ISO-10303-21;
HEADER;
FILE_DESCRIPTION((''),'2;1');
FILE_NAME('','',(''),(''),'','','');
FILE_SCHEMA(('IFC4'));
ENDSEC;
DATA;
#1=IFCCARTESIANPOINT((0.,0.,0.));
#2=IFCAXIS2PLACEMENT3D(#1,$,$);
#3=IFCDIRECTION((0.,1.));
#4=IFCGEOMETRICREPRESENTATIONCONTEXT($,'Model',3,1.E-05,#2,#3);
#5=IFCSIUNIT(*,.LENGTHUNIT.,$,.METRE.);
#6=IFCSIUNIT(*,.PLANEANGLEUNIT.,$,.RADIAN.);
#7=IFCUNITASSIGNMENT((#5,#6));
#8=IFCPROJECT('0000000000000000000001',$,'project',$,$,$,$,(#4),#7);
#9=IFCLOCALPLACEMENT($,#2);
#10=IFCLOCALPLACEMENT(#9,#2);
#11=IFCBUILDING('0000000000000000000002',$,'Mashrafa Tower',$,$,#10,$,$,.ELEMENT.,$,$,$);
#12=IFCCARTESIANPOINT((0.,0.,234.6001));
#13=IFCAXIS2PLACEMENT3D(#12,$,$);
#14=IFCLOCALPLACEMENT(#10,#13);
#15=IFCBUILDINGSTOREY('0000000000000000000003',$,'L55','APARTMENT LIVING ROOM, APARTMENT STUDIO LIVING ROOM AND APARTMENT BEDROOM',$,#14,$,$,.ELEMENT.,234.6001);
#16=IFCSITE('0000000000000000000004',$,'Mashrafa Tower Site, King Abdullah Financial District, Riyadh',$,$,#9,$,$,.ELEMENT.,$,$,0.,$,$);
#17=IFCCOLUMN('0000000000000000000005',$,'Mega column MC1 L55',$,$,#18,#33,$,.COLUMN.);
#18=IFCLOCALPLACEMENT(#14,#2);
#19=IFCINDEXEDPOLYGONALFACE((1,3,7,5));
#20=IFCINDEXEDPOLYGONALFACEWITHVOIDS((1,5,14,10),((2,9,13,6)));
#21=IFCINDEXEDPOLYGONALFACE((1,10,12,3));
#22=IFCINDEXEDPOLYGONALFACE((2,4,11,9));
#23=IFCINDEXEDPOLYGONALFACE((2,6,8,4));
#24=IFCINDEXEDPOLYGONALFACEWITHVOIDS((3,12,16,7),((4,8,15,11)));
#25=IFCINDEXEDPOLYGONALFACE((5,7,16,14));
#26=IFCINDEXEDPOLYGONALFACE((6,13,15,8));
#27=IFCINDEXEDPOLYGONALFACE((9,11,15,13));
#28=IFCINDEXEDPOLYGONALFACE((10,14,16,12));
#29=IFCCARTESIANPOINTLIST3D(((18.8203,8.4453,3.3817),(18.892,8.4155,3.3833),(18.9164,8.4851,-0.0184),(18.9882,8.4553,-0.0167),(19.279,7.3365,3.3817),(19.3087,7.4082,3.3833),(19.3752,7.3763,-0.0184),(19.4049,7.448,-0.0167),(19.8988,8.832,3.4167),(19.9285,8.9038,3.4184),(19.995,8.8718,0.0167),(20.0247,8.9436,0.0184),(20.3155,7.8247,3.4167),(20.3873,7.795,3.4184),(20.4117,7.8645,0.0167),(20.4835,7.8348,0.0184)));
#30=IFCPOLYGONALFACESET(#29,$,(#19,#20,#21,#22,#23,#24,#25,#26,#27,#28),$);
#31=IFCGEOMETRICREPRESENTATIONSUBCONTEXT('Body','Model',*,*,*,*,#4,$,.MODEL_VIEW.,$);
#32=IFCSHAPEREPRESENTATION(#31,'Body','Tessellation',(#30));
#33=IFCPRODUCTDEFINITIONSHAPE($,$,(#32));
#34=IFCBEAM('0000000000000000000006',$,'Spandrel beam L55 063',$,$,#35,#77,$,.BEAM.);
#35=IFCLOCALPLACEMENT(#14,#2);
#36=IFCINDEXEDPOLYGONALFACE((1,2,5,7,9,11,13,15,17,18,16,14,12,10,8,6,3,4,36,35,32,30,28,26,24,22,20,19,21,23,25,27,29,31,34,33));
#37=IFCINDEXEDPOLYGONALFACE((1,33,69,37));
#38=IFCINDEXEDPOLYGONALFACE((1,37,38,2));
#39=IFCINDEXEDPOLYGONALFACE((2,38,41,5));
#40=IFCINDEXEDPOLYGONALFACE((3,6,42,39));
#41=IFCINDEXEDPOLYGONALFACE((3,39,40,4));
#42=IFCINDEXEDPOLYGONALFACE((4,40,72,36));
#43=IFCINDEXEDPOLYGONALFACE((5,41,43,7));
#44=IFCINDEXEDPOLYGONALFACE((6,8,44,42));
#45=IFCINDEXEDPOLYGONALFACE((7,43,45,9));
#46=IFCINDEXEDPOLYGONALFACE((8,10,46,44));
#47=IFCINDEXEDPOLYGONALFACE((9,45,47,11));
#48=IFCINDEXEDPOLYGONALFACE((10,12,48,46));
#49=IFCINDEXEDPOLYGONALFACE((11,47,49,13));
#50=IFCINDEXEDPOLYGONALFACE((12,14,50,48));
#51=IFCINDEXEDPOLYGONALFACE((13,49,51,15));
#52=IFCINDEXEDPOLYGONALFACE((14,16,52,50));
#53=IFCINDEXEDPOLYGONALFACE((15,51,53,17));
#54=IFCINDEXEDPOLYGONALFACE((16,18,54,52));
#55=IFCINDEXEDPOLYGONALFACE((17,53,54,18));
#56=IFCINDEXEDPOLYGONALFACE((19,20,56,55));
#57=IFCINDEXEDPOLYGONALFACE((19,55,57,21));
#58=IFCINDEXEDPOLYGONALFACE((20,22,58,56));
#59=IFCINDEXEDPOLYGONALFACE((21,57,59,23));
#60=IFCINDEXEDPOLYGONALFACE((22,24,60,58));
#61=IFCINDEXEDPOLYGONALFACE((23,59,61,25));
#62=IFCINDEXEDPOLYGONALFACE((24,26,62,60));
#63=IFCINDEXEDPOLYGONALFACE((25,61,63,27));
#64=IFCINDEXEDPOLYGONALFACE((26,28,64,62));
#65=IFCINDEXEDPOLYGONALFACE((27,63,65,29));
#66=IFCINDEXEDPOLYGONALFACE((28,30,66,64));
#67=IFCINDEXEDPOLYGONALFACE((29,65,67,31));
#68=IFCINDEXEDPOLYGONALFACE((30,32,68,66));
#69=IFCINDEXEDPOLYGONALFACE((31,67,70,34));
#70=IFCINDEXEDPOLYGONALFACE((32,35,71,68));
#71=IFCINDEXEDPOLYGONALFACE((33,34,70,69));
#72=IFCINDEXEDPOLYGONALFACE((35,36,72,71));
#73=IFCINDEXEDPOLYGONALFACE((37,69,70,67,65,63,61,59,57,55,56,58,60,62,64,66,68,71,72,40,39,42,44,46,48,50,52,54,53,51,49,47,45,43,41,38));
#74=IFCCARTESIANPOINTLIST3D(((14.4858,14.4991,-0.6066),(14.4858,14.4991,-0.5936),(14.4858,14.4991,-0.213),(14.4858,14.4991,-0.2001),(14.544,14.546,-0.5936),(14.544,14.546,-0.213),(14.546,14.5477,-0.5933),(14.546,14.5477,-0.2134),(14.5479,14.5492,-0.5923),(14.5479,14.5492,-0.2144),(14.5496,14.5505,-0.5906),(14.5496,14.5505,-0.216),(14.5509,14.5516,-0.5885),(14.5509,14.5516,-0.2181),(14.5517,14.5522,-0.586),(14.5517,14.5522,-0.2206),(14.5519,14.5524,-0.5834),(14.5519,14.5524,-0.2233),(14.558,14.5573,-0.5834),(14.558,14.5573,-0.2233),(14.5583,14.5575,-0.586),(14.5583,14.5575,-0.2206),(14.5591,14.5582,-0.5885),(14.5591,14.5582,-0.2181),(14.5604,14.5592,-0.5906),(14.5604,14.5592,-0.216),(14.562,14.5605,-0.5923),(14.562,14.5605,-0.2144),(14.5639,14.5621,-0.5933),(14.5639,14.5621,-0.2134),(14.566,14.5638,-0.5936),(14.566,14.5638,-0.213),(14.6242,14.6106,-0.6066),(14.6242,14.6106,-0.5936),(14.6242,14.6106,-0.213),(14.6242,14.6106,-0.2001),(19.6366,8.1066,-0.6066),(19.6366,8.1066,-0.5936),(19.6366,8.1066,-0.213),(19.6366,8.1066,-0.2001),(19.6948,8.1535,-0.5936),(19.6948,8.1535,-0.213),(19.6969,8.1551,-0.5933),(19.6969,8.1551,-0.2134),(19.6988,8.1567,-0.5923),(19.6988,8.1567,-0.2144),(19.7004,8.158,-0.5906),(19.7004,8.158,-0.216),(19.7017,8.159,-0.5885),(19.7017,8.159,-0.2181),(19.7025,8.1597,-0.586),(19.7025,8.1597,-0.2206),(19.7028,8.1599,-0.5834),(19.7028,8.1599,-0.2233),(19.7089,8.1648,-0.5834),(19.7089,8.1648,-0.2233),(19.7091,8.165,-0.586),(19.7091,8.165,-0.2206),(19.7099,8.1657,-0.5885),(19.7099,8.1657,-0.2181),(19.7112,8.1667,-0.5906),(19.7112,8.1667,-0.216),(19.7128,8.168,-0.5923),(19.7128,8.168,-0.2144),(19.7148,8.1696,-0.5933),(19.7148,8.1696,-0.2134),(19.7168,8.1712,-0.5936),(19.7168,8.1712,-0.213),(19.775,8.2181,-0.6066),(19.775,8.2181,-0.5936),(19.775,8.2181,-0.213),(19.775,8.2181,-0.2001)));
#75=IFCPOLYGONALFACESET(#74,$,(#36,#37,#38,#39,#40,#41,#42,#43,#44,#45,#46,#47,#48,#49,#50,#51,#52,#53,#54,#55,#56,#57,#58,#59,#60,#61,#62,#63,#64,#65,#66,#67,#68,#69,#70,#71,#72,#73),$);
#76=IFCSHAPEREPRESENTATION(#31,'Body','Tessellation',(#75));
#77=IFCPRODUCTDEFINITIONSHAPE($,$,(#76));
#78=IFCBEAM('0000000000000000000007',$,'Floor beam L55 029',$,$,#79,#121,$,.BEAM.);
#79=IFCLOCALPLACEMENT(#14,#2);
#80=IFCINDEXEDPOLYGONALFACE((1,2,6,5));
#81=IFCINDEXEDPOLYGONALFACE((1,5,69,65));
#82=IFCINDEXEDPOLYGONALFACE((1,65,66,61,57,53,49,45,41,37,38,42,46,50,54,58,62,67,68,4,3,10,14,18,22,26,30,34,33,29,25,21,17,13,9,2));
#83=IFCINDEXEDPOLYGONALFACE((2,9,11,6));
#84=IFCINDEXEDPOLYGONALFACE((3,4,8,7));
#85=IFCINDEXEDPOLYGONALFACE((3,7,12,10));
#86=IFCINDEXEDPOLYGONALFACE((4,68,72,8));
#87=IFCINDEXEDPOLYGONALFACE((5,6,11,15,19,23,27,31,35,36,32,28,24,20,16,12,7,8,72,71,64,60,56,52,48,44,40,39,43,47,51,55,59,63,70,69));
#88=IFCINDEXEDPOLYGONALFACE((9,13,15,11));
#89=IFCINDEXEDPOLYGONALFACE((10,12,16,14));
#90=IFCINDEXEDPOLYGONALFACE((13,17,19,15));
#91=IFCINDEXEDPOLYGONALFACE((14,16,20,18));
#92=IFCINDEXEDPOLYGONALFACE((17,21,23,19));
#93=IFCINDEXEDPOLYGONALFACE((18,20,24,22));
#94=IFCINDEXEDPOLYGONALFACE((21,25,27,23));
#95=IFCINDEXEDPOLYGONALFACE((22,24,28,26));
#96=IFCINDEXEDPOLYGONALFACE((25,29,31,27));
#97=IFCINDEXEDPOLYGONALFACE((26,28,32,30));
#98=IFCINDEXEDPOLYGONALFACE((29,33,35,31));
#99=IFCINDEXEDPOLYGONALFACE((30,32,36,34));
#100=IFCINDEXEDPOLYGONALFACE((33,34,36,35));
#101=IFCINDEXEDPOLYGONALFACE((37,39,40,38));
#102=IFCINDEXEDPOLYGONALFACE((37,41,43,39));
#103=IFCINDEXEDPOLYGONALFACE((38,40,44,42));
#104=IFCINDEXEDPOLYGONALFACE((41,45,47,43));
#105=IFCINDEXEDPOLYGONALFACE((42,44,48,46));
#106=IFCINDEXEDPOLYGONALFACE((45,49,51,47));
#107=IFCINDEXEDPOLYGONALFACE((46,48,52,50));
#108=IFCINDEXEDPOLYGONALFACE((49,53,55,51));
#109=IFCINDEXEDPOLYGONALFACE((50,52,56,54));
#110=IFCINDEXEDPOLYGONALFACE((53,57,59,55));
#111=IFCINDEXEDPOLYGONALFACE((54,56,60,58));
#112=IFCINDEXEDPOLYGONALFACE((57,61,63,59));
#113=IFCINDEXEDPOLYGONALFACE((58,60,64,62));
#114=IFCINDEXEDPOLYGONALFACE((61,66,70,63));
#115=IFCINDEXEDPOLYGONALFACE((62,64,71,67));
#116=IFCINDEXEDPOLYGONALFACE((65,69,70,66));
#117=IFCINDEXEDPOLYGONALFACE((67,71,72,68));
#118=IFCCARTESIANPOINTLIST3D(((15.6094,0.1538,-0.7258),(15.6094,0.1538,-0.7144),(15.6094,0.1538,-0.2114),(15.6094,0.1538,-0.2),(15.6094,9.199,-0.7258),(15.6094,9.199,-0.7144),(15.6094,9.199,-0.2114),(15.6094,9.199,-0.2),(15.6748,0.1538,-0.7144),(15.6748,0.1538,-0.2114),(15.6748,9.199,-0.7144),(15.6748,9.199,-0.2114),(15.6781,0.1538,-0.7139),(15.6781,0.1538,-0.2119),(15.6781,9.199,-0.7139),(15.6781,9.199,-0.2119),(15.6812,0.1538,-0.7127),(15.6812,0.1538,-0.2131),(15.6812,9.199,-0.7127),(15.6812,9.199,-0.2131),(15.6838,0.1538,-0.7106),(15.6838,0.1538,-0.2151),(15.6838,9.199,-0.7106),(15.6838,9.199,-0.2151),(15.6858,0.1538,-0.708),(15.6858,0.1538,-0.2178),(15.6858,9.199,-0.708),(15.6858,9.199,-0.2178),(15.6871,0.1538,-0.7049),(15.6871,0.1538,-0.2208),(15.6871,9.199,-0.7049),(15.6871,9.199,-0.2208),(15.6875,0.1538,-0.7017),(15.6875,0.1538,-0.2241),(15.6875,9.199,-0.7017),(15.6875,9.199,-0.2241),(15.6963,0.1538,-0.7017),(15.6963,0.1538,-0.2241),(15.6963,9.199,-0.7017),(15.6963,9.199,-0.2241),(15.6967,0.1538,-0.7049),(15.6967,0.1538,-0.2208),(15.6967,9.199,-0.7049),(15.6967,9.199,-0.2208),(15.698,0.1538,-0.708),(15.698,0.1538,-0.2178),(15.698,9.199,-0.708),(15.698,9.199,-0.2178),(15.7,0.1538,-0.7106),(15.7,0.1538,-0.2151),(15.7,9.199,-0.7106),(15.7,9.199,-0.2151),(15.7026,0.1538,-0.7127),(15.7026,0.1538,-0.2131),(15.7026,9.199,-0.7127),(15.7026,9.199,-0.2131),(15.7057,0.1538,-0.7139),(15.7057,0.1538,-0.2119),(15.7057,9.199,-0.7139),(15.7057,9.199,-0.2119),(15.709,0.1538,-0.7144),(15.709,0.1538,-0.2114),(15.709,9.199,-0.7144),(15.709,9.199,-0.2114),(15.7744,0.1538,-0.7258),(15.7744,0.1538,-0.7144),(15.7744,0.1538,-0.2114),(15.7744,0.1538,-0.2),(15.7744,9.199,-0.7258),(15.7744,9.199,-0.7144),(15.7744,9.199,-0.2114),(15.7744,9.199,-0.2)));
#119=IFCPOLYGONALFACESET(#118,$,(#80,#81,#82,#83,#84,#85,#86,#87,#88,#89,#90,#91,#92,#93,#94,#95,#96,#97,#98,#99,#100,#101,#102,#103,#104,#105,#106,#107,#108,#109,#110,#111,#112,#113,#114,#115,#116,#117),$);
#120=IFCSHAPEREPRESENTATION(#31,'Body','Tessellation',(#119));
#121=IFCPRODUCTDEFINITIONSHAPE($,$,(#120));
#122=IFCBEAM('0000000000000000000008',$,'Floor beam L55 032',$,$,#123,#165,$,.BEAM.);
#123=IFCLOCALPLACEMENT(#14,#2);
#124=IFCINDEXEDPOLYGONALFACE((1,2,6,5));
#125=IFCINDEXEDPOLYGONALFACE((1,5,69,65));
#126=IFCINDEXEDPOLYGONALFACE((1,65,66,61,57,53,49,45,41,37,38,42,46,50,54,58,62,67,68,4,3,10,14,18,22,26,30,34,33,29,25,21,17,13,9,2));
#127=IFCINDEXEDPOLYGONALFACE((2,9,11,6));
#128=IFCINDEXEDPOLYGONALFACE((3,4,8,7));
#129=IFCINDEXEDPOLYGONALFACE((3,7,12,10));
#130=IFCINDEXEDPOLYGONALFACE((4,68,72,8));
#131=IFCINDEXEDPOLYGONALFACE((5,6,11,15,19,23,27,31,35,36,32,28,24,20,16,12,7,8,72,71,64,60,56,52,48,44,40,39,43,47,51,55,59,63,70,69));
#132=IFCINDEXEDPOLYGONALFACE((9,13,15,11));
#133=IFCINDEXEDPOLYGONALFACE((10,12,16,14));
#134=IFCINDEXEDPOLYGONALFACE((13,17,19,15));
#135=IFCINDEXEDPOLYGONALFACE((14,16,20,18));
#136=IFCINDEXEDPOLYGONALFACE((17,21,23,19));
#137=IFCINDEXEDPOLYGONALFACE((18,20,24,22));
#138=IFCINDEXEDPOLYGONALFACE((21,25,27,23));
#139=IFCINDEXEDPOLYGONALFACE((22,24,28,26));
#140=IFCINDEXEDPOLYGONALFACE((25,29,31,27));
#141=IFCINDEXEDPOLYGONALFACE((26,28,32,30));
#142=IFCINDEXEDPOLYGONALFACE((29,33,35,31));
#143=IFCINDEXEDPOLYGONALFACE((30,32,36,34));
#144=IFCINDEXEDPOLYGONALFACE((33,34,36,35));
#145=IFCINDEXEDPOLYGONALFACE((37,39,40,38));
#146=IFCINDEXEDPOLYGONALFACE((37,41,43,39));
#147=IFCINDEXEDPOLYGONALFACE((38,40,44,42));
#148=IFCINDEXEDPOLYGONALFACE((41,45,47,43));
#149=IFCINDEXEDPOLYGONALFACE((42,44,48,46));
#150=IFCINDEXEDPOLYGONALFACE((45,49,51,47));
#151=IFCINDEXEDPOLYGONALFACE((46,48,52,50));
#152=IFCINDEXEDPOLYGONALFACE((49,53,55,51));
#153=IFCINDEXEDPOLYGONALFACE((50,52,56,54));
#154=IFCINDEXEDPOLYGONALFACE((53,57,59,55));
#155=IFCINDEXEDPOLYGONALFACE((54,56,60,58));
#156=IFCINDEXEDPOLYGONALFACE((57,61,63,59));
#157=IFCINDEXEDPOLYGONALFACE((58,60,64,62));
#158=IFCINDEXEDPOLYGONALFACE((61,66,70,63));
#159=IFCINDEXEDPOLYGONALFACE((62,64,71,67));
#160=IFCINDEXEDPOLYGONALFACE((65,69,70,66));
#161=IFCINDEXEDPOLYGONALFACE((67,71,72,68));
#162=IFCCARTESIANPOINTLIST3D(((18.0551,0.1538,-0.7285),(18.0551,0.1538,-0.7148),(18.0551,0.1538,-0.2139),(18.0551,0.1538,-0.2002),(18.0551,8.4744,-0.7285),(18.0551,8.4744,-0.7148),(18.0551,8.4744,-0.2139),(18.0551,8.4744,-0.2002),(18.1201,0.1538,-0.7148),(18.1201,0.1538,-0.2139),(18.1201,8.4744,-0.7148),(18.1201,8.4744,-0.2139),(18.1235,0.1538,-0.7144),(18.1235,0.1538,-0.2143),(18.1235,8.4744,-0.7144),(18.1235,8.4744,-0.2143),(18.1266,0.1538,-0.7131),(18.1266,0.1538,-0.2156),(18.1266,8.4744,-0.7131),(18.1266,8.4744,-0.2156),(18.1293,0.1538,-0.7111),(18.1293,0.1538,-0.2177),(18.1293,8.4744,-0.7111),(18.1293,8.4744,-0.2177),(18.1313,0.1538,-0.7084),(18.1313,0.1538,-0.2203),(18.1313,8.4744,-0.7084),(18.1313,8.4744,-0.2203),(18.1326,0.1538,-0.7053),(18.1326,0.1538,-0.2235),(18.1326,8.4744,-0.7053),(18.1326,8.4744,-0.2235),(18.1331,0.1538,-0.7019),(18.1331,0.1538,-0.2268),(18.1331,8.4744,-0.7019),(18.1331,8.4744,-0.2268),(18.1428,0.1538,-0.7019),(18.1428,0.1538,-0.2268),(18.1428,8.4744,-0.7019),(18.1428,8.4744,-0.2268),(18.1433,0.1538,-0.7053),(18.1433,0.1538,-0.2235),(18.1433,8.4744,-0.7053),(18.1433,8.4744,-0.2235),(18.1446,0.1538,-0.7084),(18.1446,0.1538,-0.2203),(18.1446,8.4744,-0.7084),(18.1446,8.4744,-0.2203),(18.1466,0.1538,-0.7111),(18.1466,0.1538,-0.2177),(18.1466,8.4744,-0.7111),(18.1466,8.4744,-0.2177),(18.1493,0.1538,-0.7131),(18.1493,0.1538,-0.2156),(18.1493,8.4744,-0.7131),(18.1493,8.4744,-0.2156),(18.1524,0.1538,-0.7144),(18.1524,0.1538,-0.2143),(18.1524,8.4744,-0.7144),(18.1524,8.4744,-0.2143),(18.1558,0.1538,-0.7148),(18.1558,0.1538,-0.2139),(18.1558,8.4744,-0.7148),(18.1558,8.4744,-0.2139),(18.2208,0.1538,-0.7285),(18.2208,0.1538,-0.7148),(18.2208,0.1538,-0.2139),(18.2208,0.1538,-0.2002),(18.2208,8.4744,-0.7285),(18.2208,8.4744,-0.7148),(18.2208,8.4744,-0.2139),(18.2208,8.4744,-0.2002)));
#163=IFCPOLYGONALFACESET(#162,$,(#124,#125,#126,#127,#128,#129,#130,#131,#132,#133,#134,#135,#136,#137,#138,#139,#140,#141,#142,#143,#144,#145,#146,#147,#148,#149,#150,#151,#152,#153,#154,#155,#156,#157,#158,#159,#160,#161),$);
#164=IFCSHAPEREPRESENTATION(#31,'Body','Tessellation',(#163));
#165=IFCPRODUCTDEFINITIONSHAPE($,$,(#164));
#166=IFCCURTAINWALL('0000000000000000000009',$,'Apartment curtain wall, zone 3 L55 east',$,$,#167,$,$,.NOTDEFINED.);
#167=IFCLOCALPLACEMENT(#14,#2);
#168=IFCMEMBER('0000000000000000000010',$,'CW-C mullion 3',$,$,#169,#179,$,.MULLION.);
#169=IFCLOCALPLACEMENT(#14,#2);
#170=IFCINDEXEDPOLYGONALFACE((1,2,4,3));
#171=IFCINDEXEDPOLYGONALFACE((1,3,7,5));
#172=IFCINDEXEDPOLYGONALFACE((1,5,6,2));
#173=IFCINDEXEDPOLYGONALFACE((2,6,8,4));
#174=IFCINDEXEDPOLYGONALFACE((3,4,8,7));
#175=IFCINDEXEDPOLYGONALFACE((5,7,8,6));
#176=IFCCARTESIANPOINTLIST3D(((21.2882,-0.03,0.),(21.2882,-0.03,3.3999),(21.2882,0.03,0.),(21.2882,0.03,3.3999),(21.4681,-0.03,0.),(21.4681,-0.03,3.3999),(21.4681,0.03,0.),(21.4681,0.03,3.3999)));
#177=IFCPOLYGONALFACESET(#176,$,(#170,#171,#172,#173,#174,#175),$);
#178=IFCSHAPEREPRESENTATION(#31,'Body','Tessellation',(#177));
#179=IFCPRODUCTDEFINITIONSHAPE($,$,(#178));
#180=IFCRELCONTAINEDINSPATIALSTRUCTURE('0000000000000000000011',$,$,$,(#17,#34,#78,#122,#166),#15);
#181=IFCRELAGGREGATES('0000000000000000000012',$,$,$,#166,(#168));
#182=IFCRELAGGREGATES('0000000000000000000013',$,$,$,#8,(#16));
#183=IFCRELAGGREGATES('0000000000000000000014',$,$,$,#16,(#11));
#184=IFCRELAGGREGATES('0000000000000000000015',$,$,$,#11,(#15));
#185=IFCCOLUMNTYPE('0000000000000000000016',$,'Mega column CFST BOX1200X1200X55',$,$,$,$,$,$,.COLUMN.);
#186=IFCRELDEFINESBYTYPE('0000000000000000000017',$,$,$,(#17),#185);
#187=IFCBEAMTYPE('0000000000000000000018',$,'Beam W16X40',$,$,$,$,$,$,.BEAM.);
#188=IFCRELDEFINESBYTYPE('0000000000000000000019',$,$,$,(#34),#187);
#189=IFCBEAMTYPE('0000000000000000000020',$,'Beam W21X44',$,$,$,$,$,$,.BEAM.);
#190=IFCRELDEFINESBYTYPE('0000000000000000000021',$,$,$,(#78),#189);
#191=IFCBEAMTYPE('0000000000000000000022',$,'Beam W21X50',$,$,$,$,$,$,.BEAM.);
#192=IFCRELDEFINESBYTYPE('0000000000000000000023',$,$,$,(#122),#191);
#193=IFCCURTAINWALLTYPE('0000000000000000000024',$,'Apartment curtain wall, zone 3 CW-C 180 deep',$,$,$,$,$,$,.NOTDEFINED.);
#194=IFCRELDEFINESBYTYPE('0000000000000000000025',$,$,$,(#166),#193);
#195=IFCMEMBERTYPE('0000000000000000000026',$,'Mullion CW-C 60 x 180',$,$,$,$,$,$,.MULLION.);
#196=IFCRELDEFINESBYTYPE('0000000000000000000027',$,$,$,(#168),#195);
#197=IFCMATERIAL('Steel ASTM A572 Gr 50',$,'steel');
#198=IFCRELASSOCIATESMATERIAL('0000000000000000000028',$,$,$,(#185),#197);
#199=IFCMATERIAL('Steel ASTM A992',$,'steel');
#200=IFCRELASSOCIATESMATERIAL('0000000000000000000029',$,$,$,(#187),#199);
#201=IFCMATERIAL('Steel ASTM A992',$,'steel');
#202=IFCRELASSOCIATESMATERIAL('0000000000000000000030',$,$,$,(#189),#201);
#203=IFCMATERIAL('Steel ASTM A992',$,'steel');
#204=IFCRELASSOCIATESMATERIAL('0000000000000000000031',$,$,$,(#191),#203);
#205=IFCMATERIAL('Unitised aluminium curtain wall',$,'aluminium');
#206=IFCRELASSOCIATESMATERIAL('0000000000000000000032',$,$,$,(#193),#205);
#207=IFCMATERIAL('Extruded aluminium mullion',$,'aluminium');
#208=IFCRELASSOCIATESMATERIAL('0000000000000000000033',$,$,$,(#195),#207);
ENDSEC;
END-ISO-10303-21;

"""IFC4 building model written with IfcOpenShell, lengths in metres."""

from ifc_helpers import new_model, si_unit, direction, frame, origin, origin_2d, place, context, subcontext, project, spatial, rectangle, hollow_rectangle, i_section, extrude, source, transform, mapped, material, material_profile, profile_set, type_object, type_shapes, element, aggregate, save


model = new_model("IFC4")

# Units and contexts
model_context = context("Model", 3, precision=1e-05, world=origin(), true_north=direction((0.0, 1.0)))
body_context = subcontext(model_context, "Body", "Model", "MODEL_VIEW")
ifc_project = project(units=[si_unit("LENGTHUNIT", "METRE"), si_unit("PLANEANGLEUNIT", "RADIAN")], contexts=[model_context])

# Site, building, storey
site_placement = place(None, origin())
site = spatial("IfcSite", under=ifc_project, at=site_placement, Name="Mashrafa Tower Site, King Abdullah Financial District, Riyadh", CompositionType="ELEMENT", RefElevation=0.0)
building_placement = place(site_placement, origin())
building = spatial("IfcBuilding", under=site, at=building_placement, Name="Mashrafa Tower", CompositionType="ELEMENT")
storey_placement = place(building_placement, frame((0.0, 0.0, 234.6001)))
storey = spatial("IfcBuildingStorey", under=building, at=storey_placement, Name="L55", Description="APARTMENT LIVING ROOM, APARTMENT STUDIO LIVING ROOM AND APARTMENT BEDROOM", CompositionType="ELEMENT", Elevation=234.6001)

# Column
ifc_material_1 = material(Name="Steel ASTM A572 Gr 50", Category="steel")
ifc_material_profile_1 = material_profile(ifc_material_1, hollow_rectangle(XDim=1.2, YDim=1.2, WallThickness=0.0549, at=origin_2d()), Name="BOX1200X1200X55")
ifc_profile_set_1 = profile_set([ifc_material_profile_1], Name="Steel ASTM A572 Gr 50")
column_type = type_object("IfcColumnType", Name="Mega column CFST BOX1200X1200X55", PredefinedType="COLUMN", material=ifc_profile_set_1)
column_placement = place(storey_placement, frame((19.7, 8.1599, 0.0), z_axis=(-0.028279, -0.011699, 0.999532), x_axis=(0.382283, -0.924045, 0.0)))
element("IfcColumn", 1, at=column_placement, inside=storey, type_object=column_type, Name="Mega column MC1 L55", PredefinedType="COLUMN", context=body_context, shape_type="SweptSolid", body=[
    extrude(hollow_rectangle(XDim=1.2, YDim=1.2, WallThickness=0.0549, at=origin_2d()), origin(), (0.0, 0.0, 1.0), 3.4016),
])

# Beams
ifc_material_2 = material(Name="Steel ASTM A992", Category="steel")
ifc_material_profile_2 = material_profile(ifc_material_2, i_section(OverallWidth=0.1777, OverallDepth=0.4065, WebThickness=0.0078, FlangeThickness=0.0129, FilletRadius=0.0103, at=origin_2d()), Name="W16X40")
ifc_profile_set_2 = profile_set([ifc_material_profile_2], Name="Steel ASTM A992")
beam_type_1 = type_object("IfcBeamType", Name="Beam W16X40", PredefinedType="BEAM", material=ifc_profile_set_2)
beam_1_placement = place(storey_placement, frame((19.7058, 8.1624, -0.4033), z_axis=(-0.627426, 0.778676, 0.0), x_axis=(-0.778676, -0.627426, 0.0)))
element("IfcBeam", 2, at=beam_1_placement, inside=storey, type_object=beam_type_1, Name="Spandrel beam L55 063", PredefinedType="BEAM", context=body_context, shape_type="SweptSolid", body=[
    extrude(i_section(OverallWidth=0.1777, OverallDepth=0.4065, WebThickness=0.0078, FlangeThickness=0.0129, FilletRadius=0.0103, at=origin_2d()), origin(), (0.0, 0.0, 1.0), 8.2095),
])
ifc_material_3 = material(Name="Steel ASTM A992", Category="steel")
ifc_material_profile_3 = material_profile(ifc_material_3, i_section(OverallWidth=0.165, OverallDepth=0.5259, WebThickness=0.0088, FlangeThickness=0.0115, FilletRadius=0.0127, at=origin_2d()), Name="W21X44")
ifc_profile_set_3 = profile_set([ifc_material_profile_3], Name="Steel ASTM A992")
beam_type_2 = type_object("IfcBeamType", Name="Beam W21X44", PredefinedType="BEAM", material=ifc_profile_set_3)
beam_2_placement = place(storey_placement, frame((15.6919, 9.199, -0.4629), z_axis=(0.0, -1.0, 0.0), x_axis=(1.0, 0.0, 0.0)))
element("IfcBeam", 3, at=beam_2_placement, inside=storey, type_object=beam_type_2, Name="Floor beam L55 029", PredefinedType="BEAM", context=body_context, shape_type="SweptSolid", body=[
    extrude(i_section(OverallWidth=0.165, OverallDepth=0.5259, WebThickness=0.0088, FlangeThickness=0.0115, FilletRadius=0.0127, at=origin_2d()), origin(), (0.0, 0.0, 1.0), 9.0452),
])
ifc_material_4 = material(Name="Steel ASTM A992", Category="steel")
ifc_material_profile_4 = material_profile(ifc_material_4, i_section(OverallWidth=0.1658, OverallDepth=0.5283, WebThickness=0.0098, FlangeThickness=0.0137, FilletRadius=0.0129, at=origin_2d()), Name="W21X50")
ifc_profile_set_4 = profile_set([ifc_material_profile_4], Name="Steel ASTM A992")
beam_type_3 = type_object("IfcBeamType", Name="Beam W21X50", PredefinedType="BEAM", material=ifc_profile_set_4)
beam_3_placement = place(storey_placement, frame((18.1379, 8.4744, -0.4644), z_axis=(0.0, -1.0, 0.0), x_axis=(1.0, 0.0, 0.0)))
element("IfcBeam", 4, at=beam_3_placement, inside=storey, type_object=beam_type_3, Name="Floor beam L55 032", PredefinedType="BEAM", context=body_context, shape_type="SweptSolid", body=[
    extrude(i_section(OverallWidth=0.1658, OverallDepth=0.5283, WebThickness=0.0098, FlangeThickness=0.0137, FilletRadius=0.0129, at=origin_2d()), origin(), (0.0, 0.0, 1.0), 8.3206),
])

# Curtain wall, member
ifc_material_5 = material(Name="Unitised aluminium curtain wall", Category="aluminium")
curtain_wall_type = type_object("IfcCurtainWallType", Name="Apartment curtain wall, zone 3 CW-C 180 deep", PredefinedType="NOTDEFINED", material=ifc_material_5)
curtain_wall_1_placement = place(storey_placement, origin())
curtain_wall_1 = element("IfcCurtainWall", 5, at=curtain_wall_1_placement, inside=storey, type_object=curtain_wall_type, Name="Apartment curtain wall, zone 3 L55 east", PredefinedType="NOTDEFINED")
ifc_material_6 = material(Name="Extruded aluminium mullion", Category="aluminium")
ifc_material_profile_5 = material_profile(ifc_material_6, rectangle(XDim=0.1799, YDim=0.0601, at=origin_2d()), Name="Mullion 60x180")
ifc_profile_set_5 = profile_set([ifc_material_profile_5], Name="Extruded aluminium mullion")
member_type_1 = type_object("IfcMemberType", Name="Mullion CW-C 60 x 180", PredefinedType="MULLION", material=ifc_profile_set_5)
shared_shape_1 = source(origin(), body_context, "Body", "SweptSolid", [
    extrude(rectangle(XDim=0.1799, YDim=0.0601, at=origin_2d()), origin(), (0.0, 0.0, 1.0), 3.3999),
])
type_shapes(member_type_1, [shared_shape_1])
member_1_placement = place(storey_placement, frame((21.3782, 0.0, 0.0), z_axis=(0.0, 0.0, 1.0), x_axis=(-1.0, 0.0, 0.0)))
member_1 = element("IfcMember", 6, at=member_1_placement, type_object=member_type_1, Name="CW-C mullion 3", PredefinedType="MULLION", context=body_context, shape_type="MappedRepresentation", body=[
    mapped(shared_shape_1, transform((0.0, 0.0, 0.0))),
])

aggregate(curtain_wall_1, [member_1])

save(model, "model.ifc")
